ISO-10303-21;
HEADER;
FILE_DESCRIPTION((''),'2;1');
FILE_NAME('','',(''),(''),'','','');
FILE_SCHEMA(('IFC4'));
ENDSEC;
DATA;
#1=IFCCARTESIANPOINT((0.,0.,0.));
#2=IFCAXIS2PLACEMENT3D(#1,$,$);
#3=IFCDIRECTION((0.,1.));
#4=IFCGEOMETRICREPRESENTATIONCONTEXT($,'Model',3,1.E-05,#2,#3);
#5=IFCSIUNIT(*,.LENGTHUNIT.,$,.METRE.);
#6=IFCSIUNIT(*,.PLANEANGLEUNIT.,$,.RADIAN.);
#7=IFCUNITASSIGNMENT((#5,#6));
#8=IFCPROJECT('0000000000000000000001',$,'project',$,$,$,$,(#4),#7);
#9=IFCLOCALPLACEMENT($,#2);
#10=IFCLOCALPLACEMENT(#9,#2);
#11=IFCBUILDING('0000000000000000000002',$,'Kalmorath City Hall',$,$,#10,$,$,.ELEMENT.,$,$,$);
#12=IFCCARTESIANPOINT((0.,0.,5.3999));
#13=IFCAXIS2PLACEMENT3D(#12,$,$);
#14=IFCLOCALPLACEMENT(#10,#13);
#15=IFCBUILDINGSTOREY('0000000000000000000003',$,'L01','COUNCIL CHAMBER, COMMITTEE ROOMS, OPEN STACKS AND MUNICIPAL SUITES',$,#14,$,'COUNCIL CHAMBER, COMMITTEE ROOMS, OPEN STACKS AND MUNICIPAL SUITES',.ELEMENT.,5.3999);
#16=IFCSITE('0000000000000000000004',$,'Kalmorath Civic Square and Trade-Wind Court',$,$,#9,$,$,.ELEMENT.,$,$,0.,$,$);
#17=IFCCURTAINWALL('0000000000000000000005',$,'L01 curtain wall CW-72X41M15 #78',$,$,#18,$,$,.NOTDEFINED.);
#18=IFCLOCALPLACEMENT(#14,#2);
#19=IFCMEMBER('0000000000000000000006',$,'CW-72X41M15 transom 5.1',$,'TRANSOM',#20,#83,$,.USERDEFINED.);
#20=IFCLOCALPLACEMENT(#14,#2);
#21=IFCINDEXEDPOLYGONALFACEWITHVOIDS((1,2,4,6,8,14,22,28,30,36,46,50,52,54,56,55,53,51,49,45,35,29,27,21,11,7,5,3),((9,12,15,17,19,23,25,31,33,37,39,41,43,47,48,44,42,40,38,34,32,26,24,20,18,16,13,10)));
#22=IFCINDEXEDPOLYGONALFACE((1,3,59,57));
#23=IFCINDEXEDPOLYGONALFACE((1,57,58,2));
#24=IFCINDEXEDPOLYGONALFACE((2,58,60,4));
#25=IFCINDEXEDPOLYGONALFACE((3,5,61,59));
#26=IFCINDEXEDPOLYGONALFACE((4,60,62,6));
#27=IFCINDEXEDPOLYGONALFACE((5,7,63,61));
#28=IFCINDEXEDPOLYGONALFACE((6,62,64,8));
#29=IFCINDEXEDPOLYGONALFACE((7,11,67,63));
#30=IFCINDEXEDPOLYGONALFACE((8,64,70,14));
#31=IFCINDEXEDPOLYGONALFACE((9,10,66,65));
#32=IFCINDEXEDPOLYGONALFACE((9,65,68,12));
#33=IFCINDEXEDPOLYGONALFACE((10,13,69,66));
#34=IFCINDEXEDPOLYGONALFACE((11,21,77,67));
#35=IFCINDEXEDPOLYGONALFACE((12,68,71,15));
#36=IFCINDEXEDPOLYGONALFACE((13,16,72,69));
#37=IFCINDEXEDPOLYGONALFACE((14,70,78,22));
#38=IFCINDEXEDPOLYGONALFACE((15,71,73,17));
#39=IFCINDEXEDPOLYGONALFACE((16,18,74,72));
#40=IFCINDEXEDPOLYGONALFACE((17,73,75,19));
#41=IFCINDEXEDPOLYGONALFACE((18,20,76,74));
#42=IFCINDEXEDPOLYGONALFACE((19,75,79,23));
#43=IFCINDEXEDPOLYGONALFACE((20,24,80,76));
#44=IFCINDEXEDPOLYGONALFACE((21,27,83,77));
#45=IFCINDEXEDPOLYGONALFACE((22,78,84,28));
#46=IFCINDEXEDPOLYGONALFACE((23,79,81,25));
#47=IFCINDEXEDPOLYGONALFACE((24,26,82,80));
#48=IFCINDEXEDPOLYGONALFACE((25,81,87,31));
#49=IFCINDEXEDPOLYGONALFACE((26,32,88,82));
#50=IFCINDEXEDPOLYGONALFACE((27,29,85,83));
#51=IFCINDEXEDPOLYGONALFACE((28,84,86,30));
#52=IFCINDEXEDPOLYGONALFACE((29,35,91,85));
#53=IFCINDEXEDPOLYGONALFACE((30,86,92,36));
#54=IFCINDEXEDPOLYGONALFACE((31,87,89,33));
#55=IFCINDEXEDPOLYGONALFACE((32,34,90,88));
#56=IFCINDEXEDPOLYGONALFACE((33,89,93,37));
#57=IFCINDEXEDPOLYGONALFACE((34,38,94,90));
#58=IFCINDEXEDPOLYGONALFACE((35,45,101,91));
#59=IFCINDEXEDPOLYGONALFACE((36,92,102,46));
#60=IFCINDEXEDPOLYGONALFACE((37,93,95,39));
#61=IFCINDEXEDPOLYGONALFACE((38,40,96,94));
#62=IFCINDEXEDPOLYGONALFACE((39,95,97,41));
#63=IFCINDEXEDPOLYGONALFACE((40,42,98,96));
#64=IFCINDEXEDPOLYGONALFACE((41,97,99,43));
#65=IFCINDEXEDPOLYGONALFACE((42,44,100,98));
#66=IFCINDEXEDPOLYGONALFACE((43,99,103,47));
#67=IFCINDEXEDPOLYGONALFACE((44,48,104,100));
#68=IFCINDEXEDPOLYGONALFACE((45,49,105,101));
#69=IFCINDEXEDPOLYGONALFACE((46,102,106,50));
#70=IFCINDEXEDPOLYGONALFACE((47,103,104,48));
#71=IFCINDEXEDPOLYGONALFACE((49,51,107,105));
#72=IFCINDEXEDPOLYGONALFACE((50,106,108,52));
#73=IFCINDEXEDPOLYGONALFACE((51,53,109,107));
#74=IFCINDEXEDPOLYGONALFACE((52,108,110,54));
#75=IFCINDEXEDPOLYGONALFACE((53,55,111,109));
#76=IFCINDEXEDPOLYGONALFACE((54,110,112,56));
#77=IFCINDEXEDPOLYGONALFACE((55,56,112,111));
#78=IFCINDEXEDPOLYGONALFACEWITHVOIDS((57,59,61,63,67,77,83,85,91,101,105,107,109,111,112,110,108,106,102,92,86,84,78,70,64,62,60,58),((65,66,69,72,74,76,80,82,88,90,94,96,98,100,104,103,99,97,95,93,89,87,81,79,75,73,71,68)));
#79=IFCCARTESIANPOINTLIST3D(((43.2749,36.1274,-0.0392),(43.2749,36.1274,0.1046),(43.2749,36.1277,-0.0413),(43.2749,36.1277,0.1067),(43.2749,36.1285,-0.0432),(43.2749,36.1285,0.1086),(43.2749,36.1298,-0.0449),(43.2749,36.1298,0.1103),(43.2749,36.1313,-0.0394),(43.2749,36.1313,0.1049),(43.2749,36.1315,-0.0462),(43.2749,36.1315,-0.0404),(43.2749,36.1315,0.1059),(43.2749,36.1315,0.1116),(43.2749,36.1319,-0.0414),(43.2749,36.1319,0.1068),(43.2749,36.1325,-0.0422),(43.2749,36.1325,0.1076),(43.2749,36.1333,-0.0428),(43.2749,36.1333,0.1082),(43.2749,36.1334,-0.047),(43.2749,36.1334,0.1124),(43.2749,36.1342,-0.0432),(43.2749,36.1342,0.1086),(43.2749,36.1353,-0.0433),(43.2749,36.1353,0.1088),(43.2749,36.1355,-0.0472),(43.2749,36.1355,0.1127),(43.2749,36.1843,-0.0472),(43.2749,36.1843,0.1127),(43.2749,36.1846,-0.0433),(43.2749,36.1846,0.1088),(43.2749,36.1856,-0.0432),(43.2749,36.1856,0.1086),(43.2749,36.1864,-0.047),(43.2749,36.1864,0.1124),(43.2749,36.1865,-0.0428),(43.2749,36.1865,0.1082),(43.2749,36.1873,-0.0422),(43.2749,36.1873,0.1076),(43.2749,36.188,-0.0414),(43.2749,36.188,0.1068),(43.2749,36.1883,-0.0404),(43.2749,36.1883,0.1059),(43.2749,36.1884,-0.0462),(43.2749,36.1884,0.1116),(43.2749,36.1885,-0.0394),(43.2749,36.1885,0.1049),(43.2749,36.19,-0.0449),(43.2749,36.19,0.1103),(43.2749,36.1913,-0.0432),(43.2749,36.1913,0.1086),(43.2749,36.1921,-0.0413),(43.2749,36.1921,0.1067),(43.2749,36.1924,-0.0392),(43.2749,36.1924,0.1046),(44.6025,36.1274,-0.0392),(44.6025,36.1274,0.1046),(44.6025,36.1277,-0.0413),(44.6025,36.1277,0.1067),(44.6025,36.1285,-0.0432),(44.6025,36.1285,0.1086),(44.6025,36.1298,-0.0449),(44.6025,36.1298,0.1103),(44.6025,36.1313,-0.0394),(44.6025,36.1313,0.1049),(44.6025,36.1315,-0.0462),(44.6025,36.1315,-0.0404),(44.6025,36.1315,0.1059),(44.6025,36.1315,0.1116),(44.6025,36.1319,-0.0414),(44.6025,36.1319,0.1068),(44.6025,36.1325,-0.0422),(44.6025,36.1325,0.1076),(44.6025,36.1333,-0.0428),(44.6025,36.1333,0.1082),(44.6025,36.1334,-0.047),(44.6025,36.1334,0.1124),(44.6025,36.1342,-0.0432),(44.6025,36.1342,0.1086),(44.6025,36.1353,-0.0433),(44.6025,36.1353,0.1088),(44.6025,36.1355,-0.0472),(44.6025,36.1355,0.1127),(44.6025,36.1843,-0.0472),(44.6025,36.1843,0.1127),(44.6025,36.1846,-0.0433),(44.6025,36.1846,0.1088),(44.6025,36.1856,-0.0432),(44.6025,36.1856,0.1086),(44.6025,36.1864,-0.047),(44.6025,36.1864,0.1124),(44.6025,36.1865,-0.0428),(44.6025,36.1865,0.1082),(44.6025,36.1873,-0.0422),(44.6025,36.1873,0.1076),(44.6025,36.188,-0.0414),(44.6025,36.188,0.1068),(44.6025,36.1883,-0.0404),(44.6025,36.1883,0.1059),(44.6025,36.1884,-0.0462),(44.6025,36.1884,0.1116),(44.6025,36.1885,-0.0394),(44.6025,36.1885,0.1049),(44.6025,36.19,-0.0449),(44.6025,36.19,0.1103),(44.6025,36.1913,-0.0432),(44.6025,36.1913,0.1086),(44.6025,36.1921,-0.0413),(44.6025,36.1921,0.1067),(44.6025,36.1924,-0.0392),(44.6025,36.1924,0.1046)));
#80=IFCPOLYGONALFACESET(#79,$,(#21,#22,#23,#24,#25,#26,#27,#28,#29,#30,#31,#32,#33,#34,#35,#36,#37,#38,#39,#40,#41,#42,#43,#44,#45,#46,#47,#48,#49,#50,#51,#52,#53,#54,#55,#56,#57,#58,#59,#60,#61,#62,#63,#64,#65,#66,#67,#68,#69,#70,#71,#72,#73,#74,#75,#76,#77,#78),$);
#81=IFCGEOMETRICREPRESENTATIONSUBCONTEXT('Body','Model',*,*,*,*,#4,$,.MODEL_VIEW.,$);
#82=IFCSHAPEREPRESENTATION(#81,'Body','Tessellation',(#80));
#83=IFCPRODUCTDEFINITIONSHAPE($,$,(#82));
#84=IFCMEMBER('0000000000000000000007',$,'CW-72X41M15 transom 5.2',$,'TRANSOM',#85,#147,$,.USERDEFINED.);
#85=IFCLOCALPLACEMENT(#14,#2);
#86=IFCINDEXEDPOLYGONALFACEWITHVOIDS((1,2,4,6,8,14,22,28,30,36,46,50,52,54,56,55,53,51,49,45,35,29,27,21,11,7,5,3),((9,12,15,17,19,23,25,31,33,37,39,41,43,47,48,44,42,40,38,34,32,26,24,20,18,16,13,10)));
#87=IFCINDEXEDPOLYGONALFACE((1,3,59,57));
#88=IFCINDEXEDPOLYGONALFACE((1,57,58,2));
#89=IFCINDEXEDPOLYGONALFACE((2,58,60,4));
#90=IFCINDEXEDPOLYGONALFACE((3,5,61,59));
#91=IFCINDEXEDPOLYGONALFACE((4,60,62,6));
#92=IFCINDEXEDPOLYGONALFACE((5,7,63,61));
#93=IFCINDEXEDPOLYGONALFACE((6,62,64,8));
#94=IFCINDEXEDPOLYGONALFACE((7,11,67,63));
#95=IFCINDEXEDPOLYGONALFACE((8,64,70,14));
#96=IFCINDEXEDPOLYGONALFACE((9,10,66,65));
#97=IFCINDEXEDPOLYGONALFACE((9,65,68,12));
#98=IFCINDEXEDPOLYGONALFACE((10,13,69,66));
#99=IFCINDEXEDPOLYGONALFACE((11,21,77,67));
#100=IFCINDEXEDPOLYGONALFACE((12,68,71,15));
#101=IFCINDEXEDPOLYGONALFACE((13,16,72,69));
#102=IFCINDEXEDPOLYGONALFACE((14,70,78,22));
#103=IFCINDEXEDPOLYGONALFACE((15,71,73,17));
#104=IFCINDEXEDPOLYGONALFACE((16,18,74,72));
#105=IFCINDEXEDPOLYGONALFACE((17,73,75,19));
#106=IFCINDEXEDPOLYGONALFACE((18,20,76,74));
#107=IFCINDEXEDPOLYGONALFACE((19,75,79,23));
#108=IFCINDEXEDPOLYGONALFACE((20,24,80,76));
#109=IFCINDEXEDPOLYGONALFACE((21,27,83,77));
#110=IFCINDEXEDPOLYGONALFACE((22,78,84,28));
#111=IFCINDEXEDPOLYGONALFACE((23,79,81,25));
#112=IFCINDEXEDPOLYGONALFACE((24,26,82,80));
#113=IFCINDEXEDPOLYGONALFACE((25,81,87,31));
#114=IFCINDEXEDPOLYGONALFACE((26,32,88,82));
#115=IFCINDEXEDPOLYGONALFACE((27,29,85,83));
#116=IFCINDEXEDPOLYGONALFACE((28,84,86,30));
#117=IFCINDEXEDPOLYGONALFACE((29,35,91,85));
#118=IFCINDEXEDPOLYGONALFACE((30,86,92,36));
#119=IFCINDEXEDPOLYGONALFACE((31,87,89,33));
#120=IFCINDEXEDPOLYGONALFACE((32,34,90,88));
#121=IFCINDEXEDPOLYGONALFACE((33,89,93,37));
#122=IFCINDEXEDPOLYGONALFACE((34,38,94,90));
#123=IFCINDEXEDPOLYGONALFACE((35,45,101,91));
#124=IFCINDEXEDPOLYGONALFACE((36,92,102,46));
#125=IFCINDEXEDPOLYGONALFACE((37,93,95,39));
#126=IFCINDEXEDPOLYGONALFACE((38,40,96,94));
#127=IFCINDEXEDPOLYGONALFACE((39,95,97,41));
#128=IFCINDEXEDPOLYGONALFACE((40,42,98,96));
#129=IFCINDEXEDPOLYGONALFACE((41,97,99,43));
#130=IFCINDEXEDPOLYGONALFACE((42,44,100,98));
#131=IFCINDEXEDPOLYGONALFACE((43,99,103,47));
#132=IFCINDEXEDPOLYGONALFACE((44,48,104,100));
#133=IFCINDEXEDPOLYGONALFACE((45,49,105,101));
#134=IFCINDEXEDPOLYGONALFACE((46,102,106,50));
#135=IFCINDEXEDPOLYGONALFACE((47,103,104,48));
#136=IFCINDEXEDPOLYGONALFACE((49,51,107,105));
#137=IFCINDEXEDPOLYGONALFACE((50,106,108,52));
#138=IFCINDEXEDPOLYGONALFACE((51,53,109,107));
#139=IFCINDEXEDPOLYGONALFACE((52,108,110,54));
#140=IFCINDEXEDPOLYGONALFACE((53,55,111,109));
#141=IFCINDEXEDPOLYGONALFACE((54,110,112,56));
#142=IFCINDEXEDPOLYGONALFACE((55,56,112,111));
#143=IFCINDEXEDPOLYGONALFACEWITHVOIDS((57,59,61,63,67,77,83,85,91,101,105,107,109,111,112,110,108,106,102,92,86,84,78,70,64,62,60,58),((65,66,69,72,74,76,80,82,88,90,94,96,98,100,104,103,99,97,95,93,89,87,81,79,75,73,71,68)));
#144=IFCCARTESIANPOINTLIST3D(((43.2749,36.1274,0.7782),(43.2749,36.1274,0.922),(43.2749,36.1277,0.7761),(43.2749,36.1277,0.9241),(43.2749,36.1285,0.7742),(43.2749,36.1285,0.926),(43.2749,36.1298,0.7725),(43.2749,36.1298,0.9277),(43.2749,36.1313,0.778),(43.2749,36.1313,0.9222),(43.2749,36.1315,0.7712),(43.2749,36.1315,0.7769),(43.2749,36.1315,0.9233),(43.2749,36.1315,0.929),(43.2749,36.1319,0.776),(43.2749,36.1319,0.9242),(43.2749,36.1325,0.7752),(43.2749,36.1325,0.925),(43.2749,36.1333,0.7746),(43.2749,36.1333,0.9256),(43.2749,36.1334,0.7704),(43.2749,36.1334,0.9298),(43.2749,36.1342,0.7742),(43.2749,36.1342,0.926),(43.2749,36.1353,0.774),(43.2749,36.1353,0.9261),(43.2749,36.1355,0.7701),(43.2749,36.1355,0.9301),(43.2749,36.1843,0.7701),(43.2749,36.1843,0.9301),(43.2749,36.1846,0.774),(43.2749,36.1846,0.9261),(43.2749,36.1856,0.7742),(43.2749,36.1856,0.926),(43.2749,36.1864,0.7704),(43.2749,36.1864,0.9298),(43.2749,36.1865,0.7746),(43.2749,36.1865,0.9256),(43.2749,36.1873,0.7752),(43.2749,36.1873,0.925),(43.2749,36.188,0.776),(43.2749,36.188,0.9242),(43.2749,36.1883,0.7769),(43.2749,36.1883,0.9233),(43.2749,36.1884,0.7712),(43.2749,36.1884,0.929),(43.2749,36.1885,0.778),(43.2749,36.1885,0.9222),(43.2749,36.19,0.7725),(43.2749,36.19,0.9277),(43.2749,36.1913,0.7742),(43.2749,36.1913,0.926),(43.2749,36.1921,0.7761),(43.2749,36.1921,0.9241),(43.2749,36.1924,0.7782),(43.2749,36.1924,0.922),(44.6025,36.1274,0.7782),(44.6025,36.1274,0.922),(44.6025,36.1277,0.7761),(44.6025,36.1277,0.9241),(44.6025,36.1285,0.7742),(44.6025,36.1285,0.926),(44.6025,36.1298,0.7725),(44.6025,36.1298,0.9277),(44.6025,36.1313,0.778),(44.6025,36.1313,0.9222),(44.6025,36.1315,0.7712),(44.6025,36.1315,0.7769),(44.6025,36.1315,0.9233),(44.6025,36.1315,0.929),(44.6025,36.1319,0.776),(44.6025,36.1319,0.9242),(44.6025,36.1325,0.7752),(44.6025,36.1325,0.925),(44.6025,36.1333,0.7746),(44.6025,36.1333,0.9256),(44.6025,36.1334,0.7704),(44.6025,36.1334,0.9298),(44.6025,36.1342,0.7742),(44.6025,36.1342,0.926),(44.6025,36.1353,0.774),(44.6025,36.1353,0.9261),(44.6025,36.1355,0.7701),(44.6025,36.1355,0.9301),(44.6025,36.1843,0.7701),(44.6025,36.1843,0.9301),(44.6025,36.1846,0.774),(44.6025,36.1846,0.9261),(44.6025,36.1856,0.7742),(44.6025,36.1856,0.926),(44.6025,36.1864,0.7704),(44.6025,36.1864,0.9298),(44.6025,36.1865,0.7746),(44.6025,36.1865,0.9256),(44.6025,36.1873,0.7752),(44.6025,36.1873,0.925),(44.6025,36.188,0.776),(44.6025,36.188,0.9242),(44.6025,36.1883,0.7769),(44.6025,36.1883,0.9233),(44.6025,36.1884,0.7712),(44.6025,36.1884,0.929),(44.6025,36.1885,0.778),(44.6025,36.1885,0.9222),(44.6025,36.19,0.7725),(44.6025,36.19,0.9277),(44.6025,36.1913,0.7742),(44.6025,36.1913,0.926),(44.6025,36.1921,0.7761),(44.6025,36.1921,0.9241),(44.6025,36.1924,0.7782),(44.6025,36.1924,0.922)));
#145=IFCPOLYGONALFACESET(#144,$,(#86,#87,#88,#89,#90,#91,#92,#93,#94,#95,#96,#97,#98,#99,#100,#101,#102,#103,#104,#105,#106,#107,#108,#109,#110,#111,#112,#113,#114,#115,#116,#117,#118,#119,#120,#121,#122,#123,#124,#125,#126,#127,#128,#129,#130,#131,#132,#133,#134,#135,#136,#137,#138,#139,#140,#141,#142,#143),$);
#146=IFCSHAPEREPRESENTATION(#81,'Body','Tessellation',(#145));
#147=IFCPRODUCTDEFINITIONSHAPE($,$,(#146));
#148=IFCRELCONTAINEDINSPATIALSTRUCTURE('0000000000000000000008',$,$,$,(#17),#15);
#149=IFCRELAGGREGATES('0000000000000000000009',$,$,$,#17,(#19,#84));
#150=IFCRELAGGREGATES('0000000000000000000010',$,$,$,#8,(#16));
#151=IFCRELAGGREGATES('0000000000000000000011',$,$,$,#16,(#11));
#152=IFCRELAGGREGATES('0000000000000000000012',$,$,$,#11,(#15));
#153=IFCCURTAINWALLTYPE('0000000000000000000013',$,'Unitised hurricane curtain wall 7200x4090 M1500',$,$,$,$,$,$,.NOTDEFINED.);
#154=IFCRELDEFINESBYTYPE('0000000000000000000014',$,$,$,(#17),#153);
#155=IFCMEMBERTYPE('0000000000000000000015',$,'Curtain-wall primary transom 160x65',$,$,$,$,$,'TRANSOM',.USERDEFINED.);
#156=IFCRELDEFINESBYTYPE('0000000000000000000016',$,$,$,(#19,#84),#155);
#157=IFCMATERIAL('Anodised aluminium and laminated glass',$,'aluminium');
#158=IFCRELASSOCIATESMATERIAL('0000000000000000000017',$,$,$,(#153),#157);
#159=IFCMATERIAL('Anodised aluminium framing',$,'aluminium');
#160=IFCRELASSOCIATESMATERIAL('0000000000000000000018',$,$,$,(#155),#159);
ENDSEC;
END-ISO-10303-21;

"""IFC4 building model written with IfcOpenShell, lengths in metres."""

from ifc_helpers import new_model, si_unit, direction, frame, origin, origin_2d, place, context, subcontext, project, spatial, hollow_rectangle, extrude, material, material_profile, profile_set, type_object, element, aggregate, save


model = new_model("IFC4")

# Units and contexts
model_context = context("Model", 3, precision=1e-05, world=origin(), true_north=direction((0.0, 1.0)))
body_context = subcontext(model_context, "Body", "Model", "MODEL_VIEW")
ifc_project = project(units=[si_unit("LENGTHUNIT", "METRE"), si_unit("PLANEANGLEUNIT", "RADIAN")], contexts=[model_context])

# Site, building, storey
site_placement = place(None, origin())
site = spatial("IfcSite", under=ifc_project, at=site_placement, Name="Kalmorath Civic Square and Trade-Wind Court", CompositionType="ELEMENT", RefElevation=0.0)
building_placement = place(site_placement, origin())
building = spatial("IfcBuilding", under=site, at=building_placement, Name="Kalmorath City Hall", CompositionType="ELEMENT")
storey_placement = place(building_placement, frame((0.0, 0.0, 5.3999)))
storey = spatial("IfcBuildingStorey", under=building, at=storey_placement, Name="L01", Description="COUNCIL CHAMBER, COMMITTEE ROOMS, OPEN STACKS AND MUNICIPAL SUITES", LongName="COUNCIL CHAMBER, COMMITTEE ROOMS, OPEN STACKS AND MUNICIPAL SUITES", CompositionType="ELEMENT", Elevation=5.3999)

# Curtain wall
ifc_material_1 = material(Name="Anodised aluminium and laminated glass", Category="aluminium")
curtain_wall_type_1 = type_object("IfcCurtainWallType", Name="Unitised hurricane curtain wall 7200x4090 M1500", PredefinedType="NOTDEFINED", material=ifc_material_1)
curtain_wall_1_placement = place(storey_placement, origin())
curtain_wall_1 = element("IfcCurtainWall", 1, at=curtain_wall_1_placement, inside=storey, type_object=curtain_wall_type_1, Name="L01 curtain wall CW-72X41M15 #78", PredefinedType="NOTDEFINED")

# Members
ifc_material_2 = material(Name="Anodised aluminium framing", Category="aluminium")
ifc_material_profile_1 = material_profile(ifc_material_2, hollow_rectangle(XDim=0.0649, YDim=0.1599, WallThickness=0.0039, InnerFilletRadius=0.0039, OuterFilletRadius=0.0081, at=origin_2d()), Name="ALU-TRN-160X65X4")
ifc_profile_set_1 = profile_set([ifc_material_profile_1], Name="Anodised aluminium framing")
member_type_1 = type_object("IfcMemberType", Name="Curtain-wall primary transom 160x65", ElementType="TRANSOM", PredefinedType="USERDEFINED", material=ifc_profile_set_1)
member_1_placement = place(storey_placement, frame((44.6025, 36.1599, 0.0327), z_axis=(-1.0, 0.0, 0.0), x_axis=(0.0, -1.0, 0.0)))
member_1 = element("IfcMember", 2, at=member_1_placement, type_object=member_type_1, Name="CW-72X41M15 transom 5.1", ObjectType="TRANSOM", PredefinedType="USERDEFINED", context=body_context, shape_type="SweptSolid", body=[
    extrude(hollow_rectangle(XDim=0.0649, YDim=0.1599, WallThickness=0.0039, InnerFilletRadius=0.0039, OuterFilletRadius=0.0081, at=origin_2d()), origin(), (0.0, 0.0, 1.0), 1.3276),
])
member_2_placement = place(storey_placement, frame((44.6025, 36.1599, 0.8501), z_axis=(-1.0, 0.0, 0.0), x_axis=(0.0, -1.0, 0.0)))
member_2 = element("IfcMember", 3, at=member_2_placement, type_object=member_type_1, Name="CW-72X41M15 transom 5.2", ObjectType="TRANSOM", PredefinedType="USERDEFINED", context=body_context, shape_type="SweptSolid", body=[
    extrude(hollow_rectangle(XDim=0.0649, YDim=0.1599, WallThickness=0.0039, InnerFilletRadius=0.0039, OuterFilletRadius=0.0081, at=origin_2d()), origin(), (0.0, 0.0, 1.0), 1.3276),
])

aggregate(curtain_wall_1, [member_1, member_2])

save(model, "model.ifc")
